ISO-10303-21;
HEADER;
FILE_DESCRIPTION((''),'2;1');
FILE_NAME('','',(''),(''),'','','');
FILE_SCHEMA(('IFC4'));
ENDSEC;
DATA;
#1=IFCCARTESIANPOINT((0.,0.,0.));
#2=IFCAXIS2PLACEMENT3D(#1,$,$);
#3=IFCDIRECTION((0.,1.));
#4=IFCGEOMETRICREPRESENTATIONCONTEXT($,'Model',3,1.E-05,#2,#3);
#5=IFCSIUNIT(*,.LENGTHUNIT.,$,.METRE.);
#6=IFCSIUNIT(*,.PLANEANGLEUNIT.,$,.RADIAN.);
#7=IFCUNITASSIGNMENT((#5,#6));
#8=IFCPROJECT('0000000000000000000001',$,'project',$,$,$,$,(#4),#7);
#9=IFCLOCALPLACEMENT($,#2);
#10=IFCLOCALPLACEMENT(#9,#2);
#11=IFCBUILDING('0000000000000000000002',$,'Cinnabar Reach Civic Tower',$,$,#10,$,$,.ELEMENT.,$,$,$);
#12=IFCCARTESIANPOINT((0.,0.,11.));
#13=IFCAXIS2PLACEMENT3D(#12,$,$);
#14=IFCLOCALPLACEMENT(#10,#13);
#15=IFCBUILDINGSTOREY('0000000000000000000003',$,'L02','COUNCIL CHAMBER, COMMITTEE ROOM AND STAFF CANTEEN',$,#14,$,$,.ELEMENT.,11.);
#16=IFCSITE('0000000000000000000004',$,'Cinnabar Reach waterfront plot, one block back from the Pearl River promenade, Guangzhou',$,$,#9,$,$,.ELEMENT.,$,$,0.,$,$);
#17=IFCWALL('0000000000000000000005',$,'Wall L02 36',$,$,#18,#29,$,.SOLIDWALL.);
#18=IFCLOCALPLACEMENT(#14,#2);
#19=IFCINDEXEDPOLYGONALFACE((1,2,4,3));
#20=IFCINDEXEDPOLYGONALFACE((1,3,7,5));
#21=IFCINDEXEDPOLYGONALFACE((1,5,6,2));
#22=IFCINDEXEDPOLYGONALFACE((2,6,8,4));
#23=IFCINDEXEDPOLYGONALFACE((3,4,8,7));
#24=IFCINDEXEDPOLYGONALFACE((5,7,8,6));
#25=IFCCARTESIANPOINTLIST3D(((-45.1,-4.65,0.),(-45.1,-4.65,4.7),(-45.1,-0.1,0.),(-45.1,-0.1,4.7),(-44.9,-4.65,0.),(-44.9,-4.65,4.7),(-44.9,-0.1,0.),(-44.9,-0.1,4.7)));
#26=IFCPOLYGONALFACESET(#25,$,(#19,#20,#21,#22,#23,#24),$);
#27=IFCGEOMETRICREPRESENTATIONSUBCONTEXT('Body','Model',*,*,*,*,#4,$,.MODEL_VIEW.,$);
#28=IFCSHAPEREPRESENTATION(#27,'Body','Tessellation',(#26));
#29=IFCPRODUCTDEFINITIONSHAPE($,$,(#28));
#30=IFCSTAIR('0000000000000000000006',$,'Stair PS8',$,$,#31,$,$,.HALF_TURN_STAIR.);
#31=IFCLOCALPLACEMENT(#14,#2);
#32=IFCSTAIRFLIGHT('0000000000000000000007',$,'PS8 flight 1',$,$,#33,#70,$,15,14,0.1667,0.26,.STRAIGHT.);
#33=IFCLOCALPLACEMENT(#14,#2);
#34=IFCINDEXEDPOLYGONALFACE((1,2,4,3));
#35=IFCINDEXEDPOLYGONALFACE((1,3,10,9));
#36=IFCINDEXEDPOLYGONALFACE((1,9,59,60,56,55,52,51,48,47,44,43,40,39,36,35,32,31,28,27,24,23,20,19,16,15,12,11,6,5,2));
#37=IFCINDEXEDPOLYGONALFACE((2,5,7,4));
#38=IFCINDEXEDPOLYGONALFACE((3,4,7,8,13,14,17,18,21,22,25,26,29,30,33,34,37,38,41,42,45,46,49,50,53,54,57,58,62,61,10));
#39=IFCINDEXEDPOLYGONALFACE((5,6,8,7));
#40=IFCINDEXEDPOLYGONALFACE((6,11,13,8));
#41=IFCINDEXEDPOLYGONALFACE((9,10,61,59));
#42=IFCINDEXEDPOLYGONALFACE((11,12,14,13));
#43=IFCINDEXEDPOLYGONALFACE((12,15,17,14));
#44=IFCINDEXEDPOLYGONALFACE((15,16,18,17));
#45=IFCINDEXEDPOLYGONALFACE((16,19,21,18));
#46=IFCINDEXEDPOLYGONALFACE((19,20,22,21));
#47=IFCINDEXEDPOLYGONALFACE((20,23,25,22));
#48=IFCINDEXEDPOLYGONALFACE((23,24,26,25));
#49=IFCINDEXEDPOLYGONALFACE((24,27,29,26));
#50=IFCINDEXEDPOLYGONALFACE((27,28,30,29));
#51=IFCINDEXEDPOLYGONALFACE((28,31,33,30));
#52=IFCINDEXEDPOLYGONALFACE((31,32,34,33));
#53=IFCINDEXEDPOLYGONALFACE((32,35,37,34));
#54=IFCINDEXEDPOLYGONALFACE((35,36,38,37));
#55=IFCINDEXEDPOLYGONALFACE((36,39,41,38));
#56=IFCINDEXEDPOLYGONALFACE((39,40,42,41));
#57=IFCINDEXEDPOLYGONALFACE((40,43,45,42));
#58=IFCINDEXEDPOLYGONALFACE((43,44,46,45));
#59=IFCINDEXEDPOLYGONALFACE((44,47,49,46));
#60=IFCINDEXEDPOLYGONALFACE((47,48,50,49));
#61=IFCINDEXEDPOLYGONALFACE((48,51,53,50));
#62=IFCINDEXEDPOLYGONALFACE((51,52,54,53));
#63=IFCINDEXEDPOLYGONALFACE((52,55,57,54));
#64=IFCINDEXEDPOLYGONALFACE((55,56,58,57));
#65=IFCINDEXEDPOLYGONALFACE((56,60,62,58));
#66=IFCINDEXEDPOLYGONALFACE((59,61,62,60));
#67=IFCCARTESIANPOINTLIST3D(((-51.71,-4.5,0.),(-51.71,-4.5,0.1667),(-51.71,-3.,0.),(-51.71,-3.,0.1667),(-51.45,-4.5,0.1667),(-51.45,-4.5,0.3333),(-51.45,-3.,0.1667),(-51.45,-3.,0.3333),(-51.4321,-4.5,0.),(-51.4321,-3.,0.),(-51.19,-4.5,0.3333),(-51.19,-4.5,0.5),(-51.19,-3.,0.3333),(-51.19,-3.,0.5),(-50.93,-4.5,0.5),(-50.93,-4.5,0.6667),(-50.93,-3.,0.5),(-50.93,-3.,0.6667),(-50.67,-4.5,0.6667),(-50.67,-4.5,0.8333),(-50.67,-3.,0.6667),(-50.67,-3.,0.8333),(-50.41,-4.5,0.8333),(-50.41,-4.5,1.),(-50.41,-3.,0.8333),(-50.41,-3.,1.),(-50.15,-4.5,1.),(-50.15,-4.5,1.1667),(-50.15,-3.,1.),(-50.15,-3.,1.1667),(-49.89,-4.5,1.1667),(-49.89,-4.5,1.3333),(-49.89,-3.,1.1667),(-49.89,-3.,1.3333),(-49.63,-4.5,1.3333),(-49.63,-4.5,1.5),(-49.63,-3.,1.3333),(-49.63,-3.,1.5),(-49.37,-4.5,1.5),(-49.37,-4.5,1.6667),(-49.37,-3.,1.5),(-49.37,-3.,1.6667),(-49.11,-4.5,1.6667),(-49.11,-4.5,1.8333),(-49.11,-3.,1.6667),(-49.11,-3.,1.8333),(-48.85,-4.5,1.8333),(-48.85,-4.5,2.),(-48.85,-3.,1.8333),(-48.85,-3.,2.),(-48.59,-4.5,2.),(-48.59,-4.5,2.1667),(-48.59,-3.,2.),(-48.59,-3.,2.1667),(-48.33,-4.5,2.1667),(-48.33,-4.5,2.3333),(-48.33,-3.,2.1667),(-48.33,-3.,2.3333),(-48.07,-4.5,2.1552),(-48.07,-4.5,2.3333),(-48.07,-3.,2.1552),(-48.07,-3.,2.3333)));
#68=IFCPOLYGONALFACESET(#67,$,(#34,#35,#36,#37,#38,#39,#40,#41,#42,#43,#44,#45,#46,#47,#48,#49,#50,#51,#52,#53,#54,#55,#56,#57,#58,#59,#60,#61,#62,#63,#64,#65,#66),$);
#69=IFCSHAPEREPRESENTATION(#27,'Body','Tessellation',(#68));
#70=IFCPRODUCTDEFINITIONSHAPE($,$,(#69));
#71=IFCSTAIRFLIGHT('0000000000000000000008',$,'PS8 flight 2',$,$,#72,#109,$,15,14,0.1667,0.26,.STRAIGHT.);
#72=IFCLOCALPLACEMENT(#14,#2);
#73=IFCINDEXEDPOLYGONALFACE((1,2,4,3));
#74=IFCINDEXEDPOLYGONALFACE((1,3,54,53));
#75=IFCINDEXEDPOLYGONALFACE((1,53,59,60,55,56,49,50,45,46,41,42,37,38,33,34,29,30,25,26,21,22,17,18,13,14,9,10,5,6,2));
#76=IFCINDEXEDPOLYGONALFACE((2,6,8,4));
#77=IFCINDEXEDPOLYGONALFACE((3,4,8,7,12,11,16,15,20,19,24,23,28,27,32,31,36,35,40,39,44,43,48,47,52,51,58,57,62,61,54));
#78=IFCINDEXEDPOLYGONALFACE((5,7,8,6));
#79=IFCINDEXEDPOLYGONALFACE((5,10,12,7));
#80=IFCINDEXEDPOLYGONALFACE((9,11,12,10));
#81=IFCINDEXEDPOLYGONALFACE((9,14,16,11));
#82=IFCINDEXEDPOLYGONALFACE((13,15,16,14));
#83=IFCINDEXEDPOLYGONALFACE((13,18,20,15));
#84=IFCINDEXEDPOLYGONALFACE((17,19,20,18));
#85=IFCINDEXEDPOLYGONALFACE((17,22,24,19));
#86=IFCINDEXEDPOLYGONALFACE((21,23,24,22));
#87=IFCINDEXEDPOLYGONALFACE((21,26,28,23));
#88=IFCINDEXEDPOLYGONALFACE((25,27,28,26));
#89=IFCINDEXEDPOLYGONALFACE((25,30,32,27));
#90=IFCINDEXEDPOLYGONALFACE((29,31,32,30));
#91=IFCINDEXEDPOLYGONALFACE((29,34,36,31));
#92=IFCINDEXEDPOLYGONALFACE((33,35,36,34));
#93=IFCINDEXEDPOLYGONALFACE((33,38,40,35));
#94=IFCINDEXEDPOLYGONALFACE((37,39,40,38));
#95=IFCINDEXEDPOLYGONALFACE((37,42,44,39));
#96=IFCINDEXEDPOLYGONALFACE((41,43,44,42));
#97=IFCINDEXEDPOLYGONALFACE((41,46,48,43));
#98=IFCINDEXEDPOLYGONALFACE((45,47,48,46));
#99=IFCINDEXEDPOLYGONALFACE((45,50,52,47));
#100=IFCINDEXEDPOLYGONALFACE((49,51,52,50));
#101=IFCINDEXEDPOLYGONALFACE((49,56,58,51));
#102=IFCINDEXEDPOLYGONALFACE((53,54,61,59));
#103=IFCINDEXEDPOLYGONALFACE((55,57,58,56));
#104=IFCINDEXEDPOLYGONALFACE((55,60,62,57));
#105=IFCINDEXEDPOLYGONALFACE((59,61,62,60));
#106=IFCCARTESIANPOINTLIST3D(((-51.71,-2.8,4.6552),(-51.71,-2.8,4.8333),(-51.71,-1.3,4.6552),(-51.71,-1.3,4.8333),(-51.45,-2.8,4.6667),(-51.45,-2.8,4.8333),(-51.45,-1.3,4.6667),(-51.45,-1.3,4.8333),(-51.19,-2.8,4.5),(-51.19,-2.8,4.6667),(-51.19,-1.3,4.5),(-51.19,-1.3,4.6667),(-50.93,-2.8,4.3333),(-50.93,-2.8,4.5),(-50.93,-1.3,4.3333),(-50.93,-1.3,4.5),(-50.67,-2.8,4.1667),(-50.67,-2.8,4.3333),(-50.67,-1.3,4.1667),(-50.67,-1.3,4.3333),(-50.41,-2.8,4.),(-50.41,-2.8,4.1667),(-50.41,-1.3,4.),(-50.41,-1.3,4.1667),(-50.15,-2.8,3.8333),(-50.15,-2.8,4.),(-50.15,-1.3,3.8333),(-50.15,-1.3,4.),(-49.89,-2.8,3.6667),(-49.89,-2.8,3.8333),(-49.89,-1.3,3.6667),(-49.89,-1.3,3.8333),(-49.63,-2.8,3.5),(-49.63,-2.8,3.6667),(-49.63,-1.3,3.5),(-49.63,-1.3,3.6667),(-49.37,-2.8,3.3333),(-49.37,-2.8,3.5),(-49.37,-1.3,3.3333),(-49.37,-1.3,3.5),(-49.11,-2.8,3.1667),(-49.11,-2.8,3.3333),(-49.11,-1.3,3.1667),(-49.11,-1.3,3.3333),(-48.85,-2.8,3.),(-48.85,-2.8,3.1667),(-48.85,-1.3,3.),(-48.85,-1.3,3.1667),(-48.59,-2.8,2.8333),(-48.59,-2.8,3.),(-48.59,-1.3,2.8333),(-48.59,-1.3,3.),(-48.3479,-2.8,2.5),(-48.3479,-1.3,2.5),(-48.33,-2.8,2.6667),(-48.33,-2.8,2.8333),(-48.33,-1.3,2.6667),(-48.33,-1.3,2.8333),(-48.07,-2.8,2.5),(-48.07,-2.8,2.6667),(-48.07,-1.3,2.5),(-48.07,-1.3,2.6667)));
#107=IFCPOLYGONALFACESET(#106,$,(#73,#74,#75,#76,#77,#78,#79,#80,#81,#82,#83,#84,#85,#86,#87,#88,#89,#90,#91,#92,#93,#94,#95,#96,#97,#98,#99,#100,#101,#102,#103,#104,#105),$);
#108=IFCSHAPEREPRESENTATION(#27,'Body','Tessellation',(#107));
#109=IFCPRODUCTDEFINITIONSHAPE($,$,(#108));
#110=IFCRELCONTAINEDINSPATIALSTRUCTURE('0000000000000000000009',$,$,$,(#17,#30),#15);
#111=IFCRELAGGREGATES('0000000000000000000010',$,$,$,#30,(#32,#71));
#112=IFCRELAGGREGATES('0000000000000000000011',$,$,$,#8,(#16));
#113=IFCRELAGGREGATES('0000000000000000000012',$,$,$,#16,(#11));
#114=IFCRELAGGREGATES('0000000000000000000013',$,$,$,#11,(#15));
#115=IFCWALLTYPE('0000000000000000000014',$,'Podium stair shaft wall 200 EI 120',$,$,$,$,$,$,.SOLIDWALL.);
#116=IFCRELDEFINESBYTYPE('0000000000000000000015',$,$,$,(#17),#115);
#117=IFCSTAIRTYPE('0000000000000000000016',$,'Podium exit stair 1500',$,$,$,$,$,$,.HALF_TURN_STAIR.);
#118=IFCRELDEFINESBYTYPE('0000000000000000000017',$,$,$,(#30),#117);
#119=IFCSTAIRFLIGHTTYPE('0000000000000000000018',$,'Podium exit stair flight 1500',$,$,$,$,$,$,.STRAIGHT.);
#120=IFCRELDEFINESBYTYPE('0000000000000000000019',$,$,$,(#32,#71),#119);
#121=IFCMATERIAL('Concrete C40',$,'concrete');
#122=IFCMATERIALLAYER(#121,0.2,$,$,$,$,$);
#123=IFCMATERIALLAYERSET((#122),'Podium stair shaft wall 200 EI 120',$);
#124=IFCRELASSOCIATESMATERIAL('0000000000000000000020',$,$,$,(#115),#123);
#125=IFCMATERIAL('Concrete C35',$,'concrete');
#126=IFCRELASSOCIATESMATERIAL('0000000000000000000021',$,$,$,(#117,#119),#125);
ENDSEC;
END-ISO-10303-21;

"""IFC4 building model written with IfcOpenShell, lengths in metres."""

from ifc_helpers import new_model, si_unit, direction, frame, frame_2d, origin, place, context, subcontext, project, spatial, polyline, rectangle, outline, extrude, material, layer, layer_set, type_object, element, aggregate, save


model = new_model("IFC4")

# Units and contexts
model_context = context("Model", 3, precision=1e-05, world=origin(), true_north=direction((0.0, 1.0)))
body_context = subcontext(model_context, "Body", "Model", "MODEL_VIEW")
ifc_project = project(units=[si_unit("LENGTHUNIT", "METRE"), si_unit("PLANEANGLEUNIT", "RADIAN")], contexts=[model_context])

# Site, building, storey
site_placement = place(None, origin())
site = spatial("IfcSite", under=ifc_project, at=site_placement, Name="Cinnabar Reach waterfront plot, one block back from the Pearl River promenade, Guangzhou", CompositionType="ELEMENT", RefElevation=0.0)
building_placement = place(site_placement, origin())
building = spatial("IfcBuilding", under=site, at=building_placement, Name="Cinnabar Reach Civic Tower", CompositionType="ELEMENT")
storey_placement = place(building_placement, frame((0.0, 0.0, 11.0)))
storey = spatial("IfcBuildingStorey", under=building, at=storey_placement, Name="L02", Description="COUNCIL CHAMBER, COMMITTEE ROOM AND STAFF CANTEEN", CompositionType="ELEMENT", Elevation=11.0)

# Shared definitions
ifc_material_1 = material(Name="Concrete C40", Category="concrete")
ifc_layer_1 = layer(ifc_material_1, 0.2)
ifc_layer_set_1 = layer_set([ifc_layer_1], Name="Podium stair shaft wall 200 EI 120")
wall_type_1 = type_object("IfcWallType", Name="Podium stair shaft wall 200 EI 120", PredefinedType="SOLIDWALL", material=ifc_layer_set_1)

# Wall
wall_1_placement = place(storey_placement, frame((-45.0, -4.65, 0.0), z_axis=(0.0, 0.0, 1.0), x_axis=(0.0, 1.0, 0.0)))
element("IfcWall", 1, at=wall_1_placement, inside=storey, type_object=wall_type_1, Name="Wall L02 36", PredefinedType="SOLIDWALL", context=body_context, shape_type="SweptSolid", body=[
    extrude(rectangle(XDim=4.55, YDim=0.2, at=frame_2d((2.275, 0.0))), origin(), (0.0, 0.0, 1.0), 4.7),
])

# Stair, stair flights
ifc_material_2 = material(Name="Concrete C35", Category="concrete")
stair_type = type_object("IfcStairType", Name="Podium exit stair 1500", PredefinedType="HALF_TURN_STAIR", material=ifc_material_2)
stair_placement = place(storey_placement, origin())
stair = element("IfcStair", 2, at=stair_placement, inside=storey, type_object=stair_type, Name="Stair PS8", PredefinedType="HALF_TURN_STAIR")
stair_flight_type = type_object("IfcStairFlightType", Name="Podium exit stair flight 1500", PredefinedType="STRAIGHT", material=ifc_material_2)
stair_flight_1_placement = place(storey_placement, frame((-51.71, -3.75, 0.0), z_axis=(0.0, 0.0, 1.0), x_axis=(1.0, 0.0, 0.0)))
stair_flight_1 = element("IfcStairFlight", 3, at=stair_flight_1_placement, type_object=stair_flight_type, Name="PS8 flight 1", NumberOfRisers=15, NumberOfTreads=14, PredefinedType="STRAIGHT", RiserHeight=0.1667, TreadLength=0.26, context=body_context, shape_type="SweptSolid", body=[
    extrude(outline(polyline([(0.0, 0.0), (0.0, 0.1667), (0.26, 0.1667), (0.26, 0.3333), (0.52, 0.3333), (0.52, 0.5), (0.78, 0.5), (0.78, 0.6667), (1.04, 0.6667), (1.04, 0.8333), (1.3, 0.8333), (1.3, 1.0), (1.56, 1.0), (1.56, 1.1667), (1.82, 1.1667), (1.82, 1.3333), (2.08, 1.3333), (2.08, 1.5), (2.34, 1.5), (2.34, 1.6667), (2.6, 1.6667), (2.6, 1.8333), (2.86, 1.8333), (2.86, 2.0), (3.12, 2.0), (3.12, 2.1667), (3.38, 2.1667), (3.38, 2.3333), (3.64, 2.3333), (3.64, 2.5), (3.64, 2.1552), (0.2779, 0.0), (0.0, 0.0)])), frame((0.0, 0.75, 0.0), z_axis=(0.0, -1.0, 0.0), x_axis=(1.0, 0.0, 0.0)), (0.0, 0.0, 1.0), 1.5),
])
stair_flight_2_placement = place(storey_placement, frame((-48.07, -2.05, 2.5), z_axis=(0.0, 0.0, 1.0), x_axis=(-1.0, 0.0, 0.0)))
stair_flight_2 = element("IfcStairFlight", 4, at=stair_flight_2_placement, type_object=stair_flight_type, Name="PS8 flight 2", NumberOfRisers=15, NumberOfTreads=14, PredefinedType="STRAIGHT", RiserHeight=0.1667, TreadLength=0.26, context=body_context, shape_type="SweptSolid", body=[
    extrude(outline(polyline([(0.0, 0.0), (0.0, 0.1667), (0.26, 0.1667), (0.26, 0.3333), (0.52, 0.3333), (0.52, 0.5), (0.78, 0.5), (0.78, 0.6667), (1.04, 0.6667), (1.04, 0.8333), (1.3, 0.8333), (1.3, 1.0), (1.56, 1.0), (1.56, 1.1667), (1.82, 1.1667), (1.82, 1.3333), (2.08, 1.3333), (2.08, 1.5), (2.34, 1.5), (2.34, 1.6667), (2.6, 1.6667), (2.6, 1.8333), (2.86, 1.8333), (2.86, 2.0), (3.12, 2.0), (3.12, 2.1667), (3.38, 2.1667), (3.38, 2.3333), (3.64, 2.3333), (3.64, 2.5), (3.64, 2.1552), (0.2779, 0.0), (0.0, 0.0)])), frame((0.0, 0.75, 0.0), z_axis=(0.0, -1.0, 0.0), x_axis=(1.0, 0.0, 0.0)), (0.0, 0.0, 1.0), 1.5),
])
aggregate(stair, [stair_flight_1, stair_flight_2])

save(model, "model.ifc")
